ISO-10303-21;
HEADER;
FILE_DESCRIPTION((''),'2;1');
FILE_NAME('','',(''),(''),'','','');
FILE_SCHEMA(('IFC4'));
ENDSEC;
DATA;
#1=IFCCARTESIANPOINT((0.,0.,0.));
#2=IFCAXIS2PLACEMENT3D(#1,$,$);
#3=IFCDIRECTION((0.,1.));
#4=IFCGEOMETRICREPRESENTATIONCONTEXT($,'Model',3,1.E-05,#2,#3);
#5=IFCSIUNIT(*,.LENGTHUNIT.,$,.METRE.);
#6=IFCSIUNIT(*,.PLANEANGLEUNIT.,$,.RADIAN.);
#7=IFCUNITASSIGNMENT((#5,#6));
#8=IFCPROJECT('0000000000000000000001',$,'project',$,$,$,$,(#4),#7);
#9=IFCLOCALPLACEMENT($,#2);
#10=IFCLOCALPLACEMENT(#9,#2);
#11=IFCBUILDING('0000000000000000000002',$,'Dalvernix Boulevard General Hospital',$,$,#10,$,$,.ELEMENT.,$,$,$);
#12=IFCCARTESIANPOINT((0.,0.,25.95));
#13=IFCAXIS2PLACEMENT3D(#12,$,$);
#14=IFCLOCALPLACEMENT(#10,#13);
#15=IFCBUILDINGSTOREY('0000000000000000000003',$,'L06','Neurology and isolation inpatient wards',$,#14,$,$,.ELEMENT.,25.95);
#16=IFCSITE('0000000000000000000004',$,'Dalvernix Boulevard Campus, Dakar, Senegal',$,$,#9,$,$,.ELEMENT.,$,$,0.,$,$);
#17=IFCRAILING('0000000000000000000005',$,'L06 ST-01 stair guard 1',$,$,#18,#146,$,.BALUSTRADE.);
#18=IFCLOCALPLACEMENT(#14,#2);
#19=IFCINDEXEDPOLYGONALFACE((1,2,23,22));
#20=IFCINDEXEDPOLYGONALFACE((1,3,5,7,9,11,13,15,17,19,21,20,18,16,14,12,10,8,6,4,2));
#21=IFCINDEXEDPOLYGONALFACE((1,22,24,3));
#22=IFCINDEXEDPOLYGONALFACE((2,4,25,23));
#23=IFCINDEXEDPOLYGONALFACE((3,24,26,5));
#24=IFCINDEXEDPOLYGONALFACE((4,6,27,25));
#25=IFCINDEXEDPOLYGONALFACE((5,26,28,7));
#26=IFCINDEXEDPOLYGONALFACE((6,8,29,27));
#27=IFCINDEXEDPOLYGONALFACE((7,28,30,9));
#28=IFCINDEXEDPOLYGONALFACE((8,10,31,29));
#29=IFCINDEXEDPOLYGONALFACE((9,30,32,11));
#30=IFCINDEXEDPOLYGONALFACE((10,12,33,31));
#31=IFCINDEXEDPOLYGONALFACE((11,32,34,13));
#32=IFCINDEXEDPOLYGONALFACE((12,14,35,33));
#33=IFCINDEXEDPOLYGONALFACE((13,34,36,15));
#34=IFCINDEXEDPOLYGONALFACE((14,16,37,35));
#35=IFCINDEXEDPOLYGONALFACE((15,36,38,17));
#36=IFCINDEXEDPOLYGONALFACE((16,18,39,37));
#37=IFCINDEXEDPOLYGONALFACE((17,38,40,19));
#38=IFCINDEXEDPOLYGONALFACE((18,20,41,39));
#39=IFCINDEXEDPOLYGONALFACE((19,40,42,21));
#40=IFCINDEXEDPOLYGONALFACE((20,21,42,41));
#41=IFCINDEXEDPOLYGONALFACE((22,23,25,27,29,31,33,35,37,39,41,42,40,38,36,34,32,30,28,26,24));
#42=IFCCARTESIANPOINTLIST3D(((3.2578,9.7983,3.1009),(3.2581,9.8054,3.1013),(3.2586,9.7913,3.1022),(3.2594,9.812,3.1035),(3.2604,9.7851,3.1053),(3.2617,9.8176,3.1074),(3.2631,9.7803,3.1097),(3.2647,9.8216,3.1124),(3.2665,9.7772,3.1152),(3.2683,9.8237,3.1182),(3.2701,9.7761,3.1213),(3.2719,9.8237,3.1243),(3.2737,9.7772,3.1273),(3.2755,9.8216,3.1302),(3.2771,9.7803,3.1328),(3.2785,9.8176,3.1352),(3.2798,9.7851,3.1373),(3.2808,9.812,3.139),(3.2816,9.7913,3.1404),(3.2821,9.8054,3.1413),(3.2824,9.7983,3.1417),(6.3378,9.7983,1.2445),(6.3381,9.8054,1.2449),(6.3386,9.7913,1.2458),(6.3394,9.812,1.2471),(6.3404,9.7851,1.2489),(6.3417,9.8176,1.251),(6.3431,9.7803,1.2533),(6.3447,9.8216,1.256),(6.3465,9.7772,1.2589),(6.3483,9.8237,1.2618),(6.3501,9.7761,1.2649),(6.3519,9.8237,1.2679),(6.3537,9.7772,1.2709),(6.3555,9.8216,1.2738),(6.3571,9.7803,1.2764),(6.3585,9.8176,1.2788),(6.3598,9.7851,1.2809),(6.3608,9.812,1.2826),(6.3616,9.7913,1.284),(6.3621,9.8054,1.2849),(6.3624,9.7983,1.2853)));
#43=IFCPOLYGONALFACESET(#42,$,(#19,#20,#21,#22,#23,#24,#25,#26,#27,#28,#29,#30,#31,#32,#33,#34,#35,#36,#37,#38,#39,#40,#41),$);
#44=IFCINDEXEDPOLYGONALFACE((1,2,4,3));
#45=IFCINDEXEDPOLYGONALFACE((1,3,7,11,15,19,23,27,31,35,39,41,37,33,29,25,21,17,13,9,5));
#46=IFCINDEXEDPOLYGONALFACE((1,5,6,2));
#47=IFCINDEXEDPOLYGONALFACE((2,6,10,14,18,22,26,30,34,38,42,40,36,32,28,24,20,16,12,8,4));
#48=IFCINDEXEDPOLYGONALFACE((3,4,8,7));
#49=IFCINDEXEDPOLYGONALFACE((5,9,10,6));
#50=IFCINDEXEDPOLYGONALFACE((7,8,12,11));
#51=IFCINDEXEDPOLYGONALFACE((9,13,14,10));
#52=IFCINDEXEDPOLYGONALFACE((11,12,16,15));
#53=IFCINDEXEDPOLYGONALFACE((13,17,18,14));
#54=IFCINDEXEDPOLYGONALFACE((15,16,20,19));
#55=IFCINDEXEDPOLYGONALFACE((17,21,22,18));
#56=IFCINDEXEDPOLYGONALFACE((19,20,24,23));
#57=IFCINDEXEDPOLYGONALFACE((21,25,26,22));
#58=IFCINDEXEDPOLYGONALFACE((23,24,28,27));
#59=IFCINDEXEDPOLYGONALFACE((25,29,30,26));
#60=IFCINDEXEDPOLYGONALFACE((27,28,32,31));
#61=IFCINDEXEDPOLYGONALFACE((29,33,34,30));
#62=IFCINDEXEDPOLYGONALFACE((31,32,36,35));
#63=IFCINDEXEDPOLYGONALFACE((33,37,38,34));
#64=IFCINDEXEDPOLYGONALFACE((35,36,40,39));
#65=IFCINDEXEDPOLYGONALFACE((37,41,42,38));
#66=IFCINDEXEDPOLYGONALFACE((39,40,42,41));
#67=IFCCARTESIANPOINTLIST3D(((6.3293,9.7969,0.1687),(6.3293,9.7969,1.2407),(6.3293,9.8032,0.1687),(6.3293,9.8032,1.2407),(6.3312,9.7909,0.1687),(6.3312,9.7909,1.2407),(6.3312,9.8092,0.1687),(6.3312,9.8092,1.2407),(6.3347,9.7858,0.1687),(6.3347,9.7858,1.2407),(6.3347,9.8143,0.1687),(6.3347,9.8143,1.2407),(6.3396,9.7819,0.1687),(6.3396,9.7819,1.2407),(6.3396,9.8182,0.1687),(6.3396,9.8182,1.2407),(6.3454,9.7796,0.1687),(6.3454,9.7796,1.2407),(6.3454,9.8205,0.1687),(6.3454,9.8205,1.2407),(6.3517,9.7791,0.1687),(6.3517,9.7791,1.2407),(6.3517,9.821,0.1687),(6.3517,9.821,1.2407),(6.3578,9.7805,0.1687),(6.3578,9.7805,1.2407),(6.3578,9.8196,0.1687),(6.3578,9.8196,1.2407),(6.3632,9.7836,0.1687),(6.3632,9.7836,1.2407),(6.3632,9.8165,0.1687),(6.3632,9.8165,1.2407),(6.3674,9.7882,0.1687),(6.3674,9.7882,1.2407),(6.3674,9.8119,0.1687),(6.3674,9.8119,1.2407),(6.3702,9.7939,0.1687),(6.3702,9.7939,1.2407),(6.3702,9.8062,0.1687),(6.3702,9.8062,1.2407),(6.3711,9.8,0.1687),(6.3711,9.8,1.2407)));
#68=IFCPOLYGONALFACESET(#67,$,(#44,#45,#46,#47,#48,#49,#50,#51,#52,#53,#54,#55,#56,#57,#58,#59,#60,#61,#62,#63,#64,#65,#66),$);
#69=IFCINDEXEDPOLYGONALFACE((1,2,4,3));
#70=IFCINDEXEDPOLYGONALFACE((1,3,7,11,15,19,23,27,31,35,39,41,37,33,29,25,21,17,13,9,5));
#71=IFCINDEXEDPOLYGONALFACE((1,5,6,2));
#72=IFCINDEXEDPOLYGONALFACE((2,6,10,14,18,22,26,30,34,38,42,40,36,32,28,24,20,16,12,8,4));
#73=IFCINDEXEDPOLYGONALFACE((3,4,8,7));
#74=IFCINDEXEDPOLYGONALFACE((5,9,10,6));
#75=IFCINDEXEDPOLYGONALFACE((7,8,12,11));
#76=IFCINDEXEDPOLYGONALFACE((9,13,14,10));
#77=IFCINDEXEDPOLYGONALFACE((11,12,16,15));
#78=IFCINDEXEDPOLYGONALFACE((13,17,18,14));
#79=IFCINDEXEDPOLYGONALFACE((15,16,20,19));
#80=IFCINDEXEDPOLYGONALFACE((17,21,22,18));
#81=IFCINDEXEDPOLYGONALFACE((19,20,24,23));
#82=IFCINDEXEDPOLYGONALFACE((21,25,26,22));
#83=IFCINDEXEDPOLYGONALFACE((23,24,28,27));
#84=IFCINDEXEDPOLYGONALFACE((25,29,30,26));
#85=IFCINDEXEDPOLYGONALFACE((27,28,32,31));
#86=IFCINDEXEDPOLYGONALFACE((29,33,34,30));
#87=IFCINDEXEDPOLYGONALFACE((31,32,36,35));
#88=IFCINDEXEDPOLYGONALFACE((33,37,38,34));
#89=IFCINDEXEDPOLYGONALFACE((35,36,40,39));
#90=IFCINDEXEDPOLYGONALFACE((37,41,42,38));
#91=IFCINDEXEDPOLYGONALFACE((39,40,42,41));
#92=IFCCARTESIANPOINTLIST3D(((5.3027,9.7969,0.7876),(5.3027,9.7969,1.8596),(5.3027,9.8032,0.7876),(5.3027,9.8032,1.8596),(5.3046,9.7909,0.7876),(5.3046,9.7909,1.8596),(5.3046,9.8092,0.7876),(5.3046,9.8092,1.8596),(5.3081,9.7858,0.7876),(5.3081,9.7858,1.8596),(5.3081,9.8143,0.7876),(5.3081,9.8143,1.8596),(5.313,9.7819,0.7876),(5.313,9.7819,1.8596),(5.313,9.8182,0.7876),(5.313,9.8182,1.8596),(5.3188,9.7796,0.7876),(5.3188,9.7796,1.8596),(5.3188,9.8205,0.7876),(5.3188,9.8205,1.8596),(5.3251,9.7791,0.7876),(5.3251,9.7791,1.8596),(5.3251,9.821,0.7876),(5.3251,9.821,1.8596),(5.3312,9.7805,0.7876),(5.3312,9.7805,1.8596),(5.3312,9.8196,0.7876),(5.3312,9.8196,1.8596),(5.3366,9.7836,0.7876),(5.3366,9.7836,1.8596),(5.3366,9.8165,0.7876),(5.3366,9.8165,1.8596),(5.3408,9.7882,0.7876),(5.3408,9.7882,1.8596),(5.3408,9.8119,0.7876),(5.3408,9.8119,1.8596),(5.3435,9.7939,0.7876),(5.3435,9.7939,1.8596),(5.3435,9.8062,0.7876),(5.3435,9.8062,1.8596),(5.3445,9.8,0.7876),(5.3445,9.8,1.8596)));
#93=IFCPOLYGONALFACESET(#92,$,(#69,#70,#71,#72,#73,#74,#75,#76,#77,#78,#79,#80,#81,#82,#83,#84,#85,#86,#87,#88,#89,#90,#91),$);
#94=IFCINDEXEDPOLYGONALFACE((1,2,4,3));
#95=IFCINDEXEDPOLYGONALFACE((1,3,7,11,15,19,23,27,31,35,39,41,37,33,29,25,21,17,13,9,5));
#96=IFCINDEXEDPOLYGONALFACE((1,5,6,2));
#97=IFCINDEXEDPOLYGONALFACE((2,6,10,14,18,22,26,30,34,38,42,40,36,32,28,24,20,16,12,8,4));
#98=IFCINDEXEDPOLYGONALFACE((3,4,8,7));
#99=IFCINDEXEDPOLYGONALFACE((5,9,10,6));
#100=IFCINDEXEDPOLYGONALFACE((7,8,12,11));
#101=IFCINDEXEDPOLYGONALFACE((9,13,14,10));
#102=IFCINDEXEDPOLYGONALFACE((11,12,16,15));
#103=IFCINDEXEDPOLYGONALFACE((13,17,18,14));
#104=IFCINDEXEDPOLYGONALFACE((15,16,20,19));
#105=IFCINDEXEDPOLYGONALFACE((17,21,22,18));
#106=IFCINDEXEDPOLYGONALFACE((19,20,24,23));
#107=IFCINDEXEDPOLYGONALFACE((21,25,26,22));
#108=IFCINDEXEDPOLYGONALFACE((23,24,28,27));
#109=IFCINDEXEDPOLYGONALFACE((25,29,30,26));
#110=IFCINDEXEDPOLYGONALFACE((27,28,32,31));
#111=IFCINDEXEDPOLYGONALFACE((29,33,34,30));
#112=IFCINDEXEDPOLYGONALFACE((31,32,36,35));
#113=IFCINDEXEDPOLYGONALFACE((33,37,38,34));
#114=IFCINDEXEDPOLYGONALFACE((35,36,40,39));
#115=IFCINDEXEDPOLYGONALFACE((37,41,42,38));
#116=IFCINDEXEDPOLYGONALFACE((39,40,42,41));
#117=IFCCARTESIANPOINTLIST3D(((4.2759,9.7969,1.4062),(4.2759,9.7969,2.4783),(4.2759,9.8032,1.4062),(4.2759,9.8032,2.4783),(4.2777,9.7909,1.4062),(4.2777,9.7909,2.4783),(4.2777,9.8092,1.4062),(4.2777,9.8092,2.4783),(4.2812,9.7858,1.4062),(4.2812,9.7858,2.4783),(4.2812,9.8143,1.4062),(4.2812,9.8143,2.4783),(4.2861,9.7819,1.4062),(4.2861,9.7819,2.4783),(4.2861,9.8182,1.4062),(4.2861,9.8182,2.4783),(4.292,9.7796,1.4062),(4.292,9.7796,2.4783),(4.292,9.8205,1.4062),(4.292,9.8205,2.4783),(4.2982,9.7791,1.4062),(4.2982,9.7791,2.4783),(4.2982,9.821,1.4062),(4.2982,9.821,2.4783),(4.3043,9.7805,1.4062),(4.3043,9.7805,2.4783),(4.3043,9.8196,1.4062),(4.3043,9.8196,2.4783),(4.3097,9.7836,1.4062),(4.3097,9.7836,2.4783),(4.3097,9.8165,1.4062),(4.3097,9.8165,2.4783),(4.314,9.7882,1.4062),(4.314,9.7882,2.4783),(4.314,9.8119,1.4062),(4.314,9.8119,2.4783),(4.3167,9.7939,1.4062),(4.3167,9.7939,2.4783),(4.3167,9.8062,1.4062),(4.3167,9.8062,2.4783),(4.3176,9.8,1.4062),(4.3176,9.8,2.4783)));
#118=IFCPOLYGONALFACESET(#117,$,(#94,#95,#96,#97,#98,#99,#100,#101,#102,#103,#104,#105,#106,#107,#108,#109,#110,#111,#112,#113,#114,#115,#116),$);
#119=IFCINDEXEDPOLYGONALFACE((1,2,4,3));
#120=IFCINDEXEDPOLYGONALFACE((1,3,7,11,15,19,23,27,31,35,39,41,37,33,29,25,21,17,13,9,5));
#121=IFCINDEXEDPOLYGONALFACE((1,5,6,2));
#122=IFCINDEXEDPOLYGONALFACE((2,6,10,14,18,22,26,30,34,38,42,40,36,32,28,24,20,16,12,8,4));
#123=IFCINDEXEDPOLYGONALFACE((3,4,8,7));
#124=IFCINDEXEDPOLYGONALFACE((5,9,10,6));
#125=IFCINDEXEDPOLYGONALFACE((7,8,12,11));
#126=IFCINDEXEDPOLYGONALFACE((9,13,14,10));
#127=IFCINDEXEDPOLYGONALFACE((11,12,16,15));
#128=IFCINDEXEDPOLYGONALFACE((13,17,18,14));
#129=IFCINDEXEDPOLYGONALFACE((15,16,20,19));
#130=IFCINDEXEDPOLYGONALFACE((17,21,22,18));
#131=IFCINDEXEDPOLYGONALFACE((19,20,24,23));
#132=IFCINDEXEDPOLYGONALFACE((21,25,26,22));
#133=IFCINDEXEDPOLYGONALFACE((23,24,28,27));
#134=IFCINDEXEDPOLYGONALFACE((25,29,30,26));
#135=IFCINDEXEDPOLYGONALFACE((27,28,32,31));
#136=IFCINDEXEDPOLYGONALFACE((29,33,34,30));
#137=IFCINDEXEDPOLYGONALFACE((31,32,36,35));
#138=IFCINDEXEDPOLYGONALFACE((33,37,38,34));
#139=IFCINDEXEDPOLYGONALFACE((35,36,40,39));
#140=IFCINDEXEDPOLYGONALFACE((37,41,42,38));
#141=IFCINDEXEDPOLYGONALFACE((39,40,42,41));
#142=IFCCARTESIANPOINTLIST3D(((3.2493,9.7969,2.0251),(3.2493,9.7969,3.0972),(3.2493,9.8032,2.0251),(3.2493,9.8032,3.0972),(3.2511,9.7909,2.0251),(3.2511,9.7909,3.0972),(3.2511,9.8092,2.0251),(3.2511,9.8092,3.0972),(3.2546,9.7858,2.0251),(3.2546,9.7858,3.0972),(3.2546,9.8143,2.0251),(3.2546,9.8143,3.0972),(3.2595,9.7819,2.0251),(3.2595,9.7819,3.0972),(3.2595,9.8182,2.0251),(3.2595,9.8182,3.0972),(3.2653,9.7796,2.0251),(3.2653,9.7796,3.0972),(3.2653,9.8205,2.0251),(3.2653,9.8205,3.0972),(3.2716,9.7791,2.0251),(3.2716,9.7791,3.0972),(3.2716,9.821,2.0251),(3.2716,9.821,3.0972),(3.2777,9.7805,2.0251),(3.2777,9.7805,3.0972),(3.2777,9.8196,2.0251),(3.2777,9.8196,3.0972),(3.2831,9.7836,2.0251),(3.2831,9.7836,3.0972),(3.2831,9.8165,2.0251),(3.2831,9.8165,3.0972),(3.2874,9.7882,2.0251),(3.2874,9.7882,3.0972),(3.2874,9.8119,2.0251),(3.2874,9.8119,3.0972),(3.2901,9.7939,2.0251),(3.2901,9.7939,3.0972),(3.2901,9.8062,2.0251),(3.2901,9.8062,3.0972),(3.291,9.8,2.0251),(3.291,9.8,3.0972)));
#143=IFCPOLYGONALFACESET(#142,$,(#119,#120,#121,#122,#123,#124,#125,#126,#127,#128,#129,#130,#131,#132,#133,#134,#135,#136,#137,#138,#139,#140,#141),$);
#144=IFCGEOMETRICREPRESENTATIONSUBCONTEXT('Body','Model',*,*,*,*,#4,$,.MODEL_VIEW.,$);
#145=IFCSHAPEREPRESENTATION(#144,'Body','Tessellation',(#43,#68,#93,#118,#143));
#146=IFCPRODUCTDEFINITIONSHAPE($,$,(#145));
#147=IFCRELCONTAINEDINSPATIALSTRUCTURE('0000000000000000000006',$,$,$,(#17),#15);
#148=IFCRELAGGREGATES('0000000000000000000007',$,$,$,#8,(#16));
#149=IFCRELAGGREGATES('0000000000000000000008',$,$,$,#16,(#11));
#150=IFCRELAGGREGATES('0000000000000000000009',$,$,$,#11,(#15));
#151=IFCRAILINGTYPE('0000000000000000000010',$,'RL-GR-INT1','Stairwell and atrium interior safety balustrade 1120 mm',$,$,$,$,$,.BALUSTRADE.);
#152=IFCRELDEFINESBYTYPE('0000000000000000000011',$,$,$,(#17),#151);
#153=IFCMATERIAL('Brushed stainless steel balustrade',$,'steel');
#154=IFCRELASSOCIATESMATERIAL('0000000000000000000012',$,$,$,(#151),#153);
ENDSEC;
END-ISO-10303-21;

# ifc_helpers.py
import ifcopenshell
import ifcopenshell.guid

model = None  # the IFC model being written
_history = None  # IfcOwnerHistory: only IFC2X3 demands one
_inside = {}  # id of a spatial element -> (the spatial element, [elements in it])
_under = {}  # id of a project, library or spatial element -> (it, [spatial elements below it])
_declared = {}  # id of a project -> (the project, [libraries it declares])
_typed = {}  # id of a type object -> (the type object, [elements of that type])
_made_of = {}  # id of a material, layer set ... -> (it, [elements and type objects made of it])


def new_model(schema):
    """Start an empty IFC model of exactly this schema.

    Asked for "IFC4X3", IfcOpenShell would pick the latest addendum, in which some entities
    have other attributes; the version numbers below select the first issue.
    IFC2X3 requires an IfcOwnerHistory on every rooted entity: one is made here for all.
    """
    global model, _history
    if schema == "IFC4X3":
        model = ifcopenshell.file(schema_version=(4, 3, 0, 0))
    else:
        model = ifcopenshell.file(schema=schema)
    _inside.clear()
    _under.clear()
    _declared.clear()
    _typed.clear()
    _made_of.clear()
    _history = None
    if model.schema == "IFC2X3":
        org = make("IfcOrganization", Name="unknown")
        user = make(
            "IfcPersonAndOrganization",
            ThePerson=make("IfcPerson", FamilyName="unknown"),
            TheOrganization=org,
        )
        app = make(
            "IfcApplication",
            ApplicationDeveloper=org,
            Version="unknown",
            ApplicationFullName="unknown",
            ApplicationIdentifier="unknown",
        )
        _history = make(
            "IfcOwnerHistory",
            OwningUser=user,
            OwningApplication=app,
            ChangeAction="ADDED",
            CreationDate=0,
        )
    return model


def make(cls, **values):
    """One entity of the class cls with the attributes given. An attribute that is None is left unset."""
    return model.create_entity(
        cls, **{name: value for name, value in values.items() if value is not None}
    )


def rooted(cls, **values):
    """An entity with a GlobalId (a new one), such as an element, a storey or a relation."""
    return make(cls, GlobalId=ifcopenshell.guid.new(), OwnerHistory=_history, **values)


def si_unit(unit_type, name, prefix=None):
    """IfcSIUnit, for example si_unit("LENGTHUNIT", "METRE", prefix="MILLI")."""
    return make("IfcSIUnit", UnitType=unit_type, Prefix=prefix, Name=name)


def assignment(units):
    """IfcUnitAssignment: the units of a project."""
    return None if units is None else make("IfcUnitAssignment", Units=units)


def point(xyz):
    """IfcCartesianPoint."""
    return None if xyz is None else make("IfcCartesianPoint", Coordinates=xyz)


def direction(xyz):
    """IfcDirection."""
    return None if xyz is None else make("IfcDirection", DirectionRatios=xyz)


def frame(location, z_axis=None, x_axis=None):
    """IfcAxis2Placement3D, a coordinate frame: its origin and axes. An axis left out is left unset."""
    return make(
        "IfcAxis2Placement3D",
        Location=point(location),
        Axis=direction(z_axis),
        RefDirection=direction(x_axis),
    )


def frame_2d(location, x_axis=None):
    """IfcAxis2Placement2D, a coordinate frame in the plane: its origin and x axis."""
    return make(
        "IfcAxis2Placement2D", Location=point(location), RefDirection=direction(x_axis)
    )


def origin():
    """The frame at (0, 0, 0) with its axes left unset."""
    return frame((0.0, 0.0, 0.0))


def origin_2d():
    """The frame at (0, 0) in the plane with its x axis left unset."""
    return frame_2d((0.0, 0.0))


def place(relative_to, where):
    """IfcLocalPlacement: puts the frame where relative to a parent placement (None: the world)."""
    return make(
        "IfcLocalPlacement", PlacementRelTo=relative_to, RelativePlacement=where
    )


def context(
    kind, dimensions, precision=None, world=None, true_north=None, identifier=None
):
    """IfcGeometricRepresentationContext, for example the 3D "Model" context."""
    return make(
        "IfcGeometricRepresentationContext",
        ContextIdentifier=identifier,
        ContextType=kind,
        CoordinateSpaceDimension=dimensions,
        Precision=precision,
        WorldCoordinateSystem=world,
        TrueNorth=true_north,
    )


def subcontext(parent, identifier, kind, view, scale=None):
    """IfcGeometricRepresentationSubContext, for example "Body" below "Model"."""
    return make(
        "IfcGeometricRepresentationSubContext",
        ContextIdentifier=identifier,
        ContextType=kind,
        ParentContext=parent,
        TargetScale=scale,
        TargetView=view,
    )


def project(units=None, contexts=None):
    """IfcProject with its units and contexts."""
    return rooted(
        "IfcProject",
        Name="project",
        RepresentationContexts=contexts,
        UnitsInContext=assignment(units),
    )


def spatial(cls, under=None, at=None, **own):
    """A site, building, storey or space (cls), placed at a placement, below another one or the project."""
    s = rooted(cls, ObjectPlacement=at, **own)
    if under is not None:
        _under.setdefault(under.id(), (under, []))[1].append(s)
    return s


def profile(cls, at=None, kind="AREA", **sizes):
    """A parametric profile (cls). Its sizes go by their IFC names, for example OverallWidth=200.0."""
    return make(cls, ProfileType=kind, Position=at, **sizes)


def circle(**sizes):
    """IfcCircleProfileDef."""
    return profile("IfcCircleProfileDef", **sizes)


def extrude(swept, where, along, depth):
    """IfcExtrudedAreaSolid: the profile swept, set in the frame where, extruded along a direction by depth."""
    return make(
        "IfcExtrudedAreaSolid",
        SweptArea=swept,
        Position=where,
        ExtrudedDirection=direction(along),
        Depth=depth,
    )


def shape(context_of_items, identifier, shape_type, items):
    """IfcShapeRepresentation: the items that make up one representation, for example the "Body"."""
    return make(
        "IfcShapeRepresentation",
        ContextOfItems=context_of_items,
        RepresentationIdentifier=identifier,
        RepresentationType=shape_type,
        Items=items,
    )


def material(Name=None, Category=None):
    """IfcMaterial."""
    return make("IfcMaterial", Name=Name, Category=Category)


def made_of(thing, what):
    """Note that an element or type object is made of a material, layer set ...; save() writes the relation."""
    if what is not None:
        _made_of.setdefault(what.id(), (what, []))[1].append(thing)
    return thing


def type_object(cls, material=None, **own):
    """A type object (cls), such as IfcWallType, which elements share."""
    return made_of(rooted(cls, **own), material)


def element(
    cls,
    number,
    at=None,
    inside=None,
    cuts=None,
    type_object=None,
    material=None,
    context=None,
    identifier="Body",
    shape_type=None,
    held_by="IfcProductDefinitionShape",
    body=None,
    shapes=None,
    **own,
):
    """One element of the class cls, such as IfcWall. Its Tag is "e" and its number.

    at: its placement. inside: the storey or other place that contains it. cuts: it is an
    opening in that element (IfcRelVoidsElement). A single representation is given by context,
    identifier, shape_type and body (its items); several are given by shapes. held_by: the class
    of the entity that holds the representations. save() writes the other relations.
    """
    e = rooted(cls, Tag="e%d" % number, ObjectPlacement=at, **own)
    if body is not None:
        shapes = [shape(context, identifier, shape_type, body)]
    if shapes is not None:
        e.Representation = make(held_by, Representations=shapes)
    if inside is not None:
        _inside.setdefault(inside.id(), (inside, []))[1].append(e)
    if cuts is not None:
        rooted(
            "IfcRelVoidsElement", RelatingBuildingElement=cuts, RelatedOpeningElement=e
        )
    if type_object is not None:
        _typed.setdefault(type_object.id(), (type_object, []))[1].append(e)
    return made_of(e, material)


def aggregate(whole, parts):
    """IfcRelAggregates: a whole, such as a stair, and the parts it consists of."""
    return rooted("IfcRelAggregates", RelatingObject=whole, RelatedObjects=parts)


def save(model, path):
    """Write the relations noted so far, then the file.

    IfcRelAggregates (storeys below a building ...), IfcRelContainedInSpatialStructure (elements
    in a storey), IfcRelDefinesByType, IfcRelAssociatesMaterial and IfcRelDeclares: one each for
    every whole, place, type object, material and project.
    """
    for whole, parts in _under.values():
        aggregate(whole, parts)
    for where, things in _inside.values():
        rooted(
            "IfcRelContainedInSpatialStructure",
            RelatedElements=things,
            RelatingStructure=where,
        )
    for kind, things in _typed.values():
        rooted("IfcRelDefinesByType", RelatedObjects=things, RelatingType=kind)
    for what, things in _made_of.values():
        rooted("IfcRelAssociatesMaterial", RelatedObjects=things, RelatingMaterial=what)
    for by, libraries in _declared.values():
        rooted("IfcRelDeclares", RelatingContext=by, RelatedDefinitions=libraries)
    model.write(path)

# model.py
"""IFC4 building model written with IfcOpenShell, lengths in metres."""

from ifc_helpers import new_model, si_unit, direction, frame, origin, origin_2d, place, context, subcontext, project, spatial, circle, extrude, material, type_object, element, save


model = new_model("IFC4")

# Units and contexts
model_context = context("Model", 3, precision=1e-05, world=origin(), true_north=direction((0.0, 1.0)))
body_context = subcontext(model_context, "Body", "Model", "MODEL_VIEW")
ifc_project = project(units=[si_unit("LENGTHUNIT", "METRE"), si_unit("PLANEANGLEUNIT", "RADIAN")], contexts=[model_context])

# Site, building, storey
site_placement = place(None, origin())
site = spatial("IfcSite", under=ifc_project, at=site_placement, Name="Dalvernix Boulevard Campus, Dakar, Senegal", CompositionType="ELEMENT", RefElevation=0.0)
building_placement = place(site_placement, origin())
building = spatial("IfcBuilding", under=site, at=building_placement, Name="Dalvernix Boulevard General Hospital", CompositionType="ELEMENT")
storey_placement = place(building_placement, frame((0.0, 0.0, 25.95)))
storey = spatial("IfcBuildingStorey", under=building, at=storey_placement, Name="L06", Description="Neurology and isolation inpatient wards", CompositionType="ELEMENT", Elevation=25.95)

# Railing
ifc_material_1 = material(Name="Brushed stainless steel balustrade", Category="steel")
railing_type_1 = type_object("IfcRailingType", Name="RL-GR-INT1", Description="Stairwell and atrium interior safety balustrade 1120 mm", PredefinedType="BALUSTRADE", material=ifc_material_1)
railing_1_placement = place(storey_placement, frame((6.3501, 9.8, 0.1687)))
element("IfcRailing", 1, at=railing_1_placement, inside=storey, type_object=railing_type_1, Name="L06 ST-01 stair guard 1", PredefinedType="BALUSTRADE", context=body_context, shape_type="SweptSolid", body=[
    extrude(circle(Radius=0.0239, at=origin_2d()), frame((0.0, 0.0, 1.0962), z_axis=(-0.856461, 0.0, 0.516212), x_axis=(0.0, -1.0, 0.0)), (0.0, 0.0, 1.0), 3.5962),
    extrude(circle(Radius=0.021, at=origin_2d()), origin(), (0.0, 0.0, 1.0), 1.072),
    extrude(circle(Radius=0.021, at=origin_2d()), frame((-1.0266, 0.0, 0.6189)), (0.0, 0.0, 1.0), 1.072),
    extrude(circle(Radius=0.021, at=origin_2d()), frame((-2.0535, 0.0, 1.2375)), (0.0, 0.0, 1.0), 1.072),
    extrude(circle(Radius=0.021, at=origin_2d()), frame((-3.0801, 0.0, 1.8564)), (0.0, 0.0, 1.0), 1.072),
])

save(model, "model.ifc")
